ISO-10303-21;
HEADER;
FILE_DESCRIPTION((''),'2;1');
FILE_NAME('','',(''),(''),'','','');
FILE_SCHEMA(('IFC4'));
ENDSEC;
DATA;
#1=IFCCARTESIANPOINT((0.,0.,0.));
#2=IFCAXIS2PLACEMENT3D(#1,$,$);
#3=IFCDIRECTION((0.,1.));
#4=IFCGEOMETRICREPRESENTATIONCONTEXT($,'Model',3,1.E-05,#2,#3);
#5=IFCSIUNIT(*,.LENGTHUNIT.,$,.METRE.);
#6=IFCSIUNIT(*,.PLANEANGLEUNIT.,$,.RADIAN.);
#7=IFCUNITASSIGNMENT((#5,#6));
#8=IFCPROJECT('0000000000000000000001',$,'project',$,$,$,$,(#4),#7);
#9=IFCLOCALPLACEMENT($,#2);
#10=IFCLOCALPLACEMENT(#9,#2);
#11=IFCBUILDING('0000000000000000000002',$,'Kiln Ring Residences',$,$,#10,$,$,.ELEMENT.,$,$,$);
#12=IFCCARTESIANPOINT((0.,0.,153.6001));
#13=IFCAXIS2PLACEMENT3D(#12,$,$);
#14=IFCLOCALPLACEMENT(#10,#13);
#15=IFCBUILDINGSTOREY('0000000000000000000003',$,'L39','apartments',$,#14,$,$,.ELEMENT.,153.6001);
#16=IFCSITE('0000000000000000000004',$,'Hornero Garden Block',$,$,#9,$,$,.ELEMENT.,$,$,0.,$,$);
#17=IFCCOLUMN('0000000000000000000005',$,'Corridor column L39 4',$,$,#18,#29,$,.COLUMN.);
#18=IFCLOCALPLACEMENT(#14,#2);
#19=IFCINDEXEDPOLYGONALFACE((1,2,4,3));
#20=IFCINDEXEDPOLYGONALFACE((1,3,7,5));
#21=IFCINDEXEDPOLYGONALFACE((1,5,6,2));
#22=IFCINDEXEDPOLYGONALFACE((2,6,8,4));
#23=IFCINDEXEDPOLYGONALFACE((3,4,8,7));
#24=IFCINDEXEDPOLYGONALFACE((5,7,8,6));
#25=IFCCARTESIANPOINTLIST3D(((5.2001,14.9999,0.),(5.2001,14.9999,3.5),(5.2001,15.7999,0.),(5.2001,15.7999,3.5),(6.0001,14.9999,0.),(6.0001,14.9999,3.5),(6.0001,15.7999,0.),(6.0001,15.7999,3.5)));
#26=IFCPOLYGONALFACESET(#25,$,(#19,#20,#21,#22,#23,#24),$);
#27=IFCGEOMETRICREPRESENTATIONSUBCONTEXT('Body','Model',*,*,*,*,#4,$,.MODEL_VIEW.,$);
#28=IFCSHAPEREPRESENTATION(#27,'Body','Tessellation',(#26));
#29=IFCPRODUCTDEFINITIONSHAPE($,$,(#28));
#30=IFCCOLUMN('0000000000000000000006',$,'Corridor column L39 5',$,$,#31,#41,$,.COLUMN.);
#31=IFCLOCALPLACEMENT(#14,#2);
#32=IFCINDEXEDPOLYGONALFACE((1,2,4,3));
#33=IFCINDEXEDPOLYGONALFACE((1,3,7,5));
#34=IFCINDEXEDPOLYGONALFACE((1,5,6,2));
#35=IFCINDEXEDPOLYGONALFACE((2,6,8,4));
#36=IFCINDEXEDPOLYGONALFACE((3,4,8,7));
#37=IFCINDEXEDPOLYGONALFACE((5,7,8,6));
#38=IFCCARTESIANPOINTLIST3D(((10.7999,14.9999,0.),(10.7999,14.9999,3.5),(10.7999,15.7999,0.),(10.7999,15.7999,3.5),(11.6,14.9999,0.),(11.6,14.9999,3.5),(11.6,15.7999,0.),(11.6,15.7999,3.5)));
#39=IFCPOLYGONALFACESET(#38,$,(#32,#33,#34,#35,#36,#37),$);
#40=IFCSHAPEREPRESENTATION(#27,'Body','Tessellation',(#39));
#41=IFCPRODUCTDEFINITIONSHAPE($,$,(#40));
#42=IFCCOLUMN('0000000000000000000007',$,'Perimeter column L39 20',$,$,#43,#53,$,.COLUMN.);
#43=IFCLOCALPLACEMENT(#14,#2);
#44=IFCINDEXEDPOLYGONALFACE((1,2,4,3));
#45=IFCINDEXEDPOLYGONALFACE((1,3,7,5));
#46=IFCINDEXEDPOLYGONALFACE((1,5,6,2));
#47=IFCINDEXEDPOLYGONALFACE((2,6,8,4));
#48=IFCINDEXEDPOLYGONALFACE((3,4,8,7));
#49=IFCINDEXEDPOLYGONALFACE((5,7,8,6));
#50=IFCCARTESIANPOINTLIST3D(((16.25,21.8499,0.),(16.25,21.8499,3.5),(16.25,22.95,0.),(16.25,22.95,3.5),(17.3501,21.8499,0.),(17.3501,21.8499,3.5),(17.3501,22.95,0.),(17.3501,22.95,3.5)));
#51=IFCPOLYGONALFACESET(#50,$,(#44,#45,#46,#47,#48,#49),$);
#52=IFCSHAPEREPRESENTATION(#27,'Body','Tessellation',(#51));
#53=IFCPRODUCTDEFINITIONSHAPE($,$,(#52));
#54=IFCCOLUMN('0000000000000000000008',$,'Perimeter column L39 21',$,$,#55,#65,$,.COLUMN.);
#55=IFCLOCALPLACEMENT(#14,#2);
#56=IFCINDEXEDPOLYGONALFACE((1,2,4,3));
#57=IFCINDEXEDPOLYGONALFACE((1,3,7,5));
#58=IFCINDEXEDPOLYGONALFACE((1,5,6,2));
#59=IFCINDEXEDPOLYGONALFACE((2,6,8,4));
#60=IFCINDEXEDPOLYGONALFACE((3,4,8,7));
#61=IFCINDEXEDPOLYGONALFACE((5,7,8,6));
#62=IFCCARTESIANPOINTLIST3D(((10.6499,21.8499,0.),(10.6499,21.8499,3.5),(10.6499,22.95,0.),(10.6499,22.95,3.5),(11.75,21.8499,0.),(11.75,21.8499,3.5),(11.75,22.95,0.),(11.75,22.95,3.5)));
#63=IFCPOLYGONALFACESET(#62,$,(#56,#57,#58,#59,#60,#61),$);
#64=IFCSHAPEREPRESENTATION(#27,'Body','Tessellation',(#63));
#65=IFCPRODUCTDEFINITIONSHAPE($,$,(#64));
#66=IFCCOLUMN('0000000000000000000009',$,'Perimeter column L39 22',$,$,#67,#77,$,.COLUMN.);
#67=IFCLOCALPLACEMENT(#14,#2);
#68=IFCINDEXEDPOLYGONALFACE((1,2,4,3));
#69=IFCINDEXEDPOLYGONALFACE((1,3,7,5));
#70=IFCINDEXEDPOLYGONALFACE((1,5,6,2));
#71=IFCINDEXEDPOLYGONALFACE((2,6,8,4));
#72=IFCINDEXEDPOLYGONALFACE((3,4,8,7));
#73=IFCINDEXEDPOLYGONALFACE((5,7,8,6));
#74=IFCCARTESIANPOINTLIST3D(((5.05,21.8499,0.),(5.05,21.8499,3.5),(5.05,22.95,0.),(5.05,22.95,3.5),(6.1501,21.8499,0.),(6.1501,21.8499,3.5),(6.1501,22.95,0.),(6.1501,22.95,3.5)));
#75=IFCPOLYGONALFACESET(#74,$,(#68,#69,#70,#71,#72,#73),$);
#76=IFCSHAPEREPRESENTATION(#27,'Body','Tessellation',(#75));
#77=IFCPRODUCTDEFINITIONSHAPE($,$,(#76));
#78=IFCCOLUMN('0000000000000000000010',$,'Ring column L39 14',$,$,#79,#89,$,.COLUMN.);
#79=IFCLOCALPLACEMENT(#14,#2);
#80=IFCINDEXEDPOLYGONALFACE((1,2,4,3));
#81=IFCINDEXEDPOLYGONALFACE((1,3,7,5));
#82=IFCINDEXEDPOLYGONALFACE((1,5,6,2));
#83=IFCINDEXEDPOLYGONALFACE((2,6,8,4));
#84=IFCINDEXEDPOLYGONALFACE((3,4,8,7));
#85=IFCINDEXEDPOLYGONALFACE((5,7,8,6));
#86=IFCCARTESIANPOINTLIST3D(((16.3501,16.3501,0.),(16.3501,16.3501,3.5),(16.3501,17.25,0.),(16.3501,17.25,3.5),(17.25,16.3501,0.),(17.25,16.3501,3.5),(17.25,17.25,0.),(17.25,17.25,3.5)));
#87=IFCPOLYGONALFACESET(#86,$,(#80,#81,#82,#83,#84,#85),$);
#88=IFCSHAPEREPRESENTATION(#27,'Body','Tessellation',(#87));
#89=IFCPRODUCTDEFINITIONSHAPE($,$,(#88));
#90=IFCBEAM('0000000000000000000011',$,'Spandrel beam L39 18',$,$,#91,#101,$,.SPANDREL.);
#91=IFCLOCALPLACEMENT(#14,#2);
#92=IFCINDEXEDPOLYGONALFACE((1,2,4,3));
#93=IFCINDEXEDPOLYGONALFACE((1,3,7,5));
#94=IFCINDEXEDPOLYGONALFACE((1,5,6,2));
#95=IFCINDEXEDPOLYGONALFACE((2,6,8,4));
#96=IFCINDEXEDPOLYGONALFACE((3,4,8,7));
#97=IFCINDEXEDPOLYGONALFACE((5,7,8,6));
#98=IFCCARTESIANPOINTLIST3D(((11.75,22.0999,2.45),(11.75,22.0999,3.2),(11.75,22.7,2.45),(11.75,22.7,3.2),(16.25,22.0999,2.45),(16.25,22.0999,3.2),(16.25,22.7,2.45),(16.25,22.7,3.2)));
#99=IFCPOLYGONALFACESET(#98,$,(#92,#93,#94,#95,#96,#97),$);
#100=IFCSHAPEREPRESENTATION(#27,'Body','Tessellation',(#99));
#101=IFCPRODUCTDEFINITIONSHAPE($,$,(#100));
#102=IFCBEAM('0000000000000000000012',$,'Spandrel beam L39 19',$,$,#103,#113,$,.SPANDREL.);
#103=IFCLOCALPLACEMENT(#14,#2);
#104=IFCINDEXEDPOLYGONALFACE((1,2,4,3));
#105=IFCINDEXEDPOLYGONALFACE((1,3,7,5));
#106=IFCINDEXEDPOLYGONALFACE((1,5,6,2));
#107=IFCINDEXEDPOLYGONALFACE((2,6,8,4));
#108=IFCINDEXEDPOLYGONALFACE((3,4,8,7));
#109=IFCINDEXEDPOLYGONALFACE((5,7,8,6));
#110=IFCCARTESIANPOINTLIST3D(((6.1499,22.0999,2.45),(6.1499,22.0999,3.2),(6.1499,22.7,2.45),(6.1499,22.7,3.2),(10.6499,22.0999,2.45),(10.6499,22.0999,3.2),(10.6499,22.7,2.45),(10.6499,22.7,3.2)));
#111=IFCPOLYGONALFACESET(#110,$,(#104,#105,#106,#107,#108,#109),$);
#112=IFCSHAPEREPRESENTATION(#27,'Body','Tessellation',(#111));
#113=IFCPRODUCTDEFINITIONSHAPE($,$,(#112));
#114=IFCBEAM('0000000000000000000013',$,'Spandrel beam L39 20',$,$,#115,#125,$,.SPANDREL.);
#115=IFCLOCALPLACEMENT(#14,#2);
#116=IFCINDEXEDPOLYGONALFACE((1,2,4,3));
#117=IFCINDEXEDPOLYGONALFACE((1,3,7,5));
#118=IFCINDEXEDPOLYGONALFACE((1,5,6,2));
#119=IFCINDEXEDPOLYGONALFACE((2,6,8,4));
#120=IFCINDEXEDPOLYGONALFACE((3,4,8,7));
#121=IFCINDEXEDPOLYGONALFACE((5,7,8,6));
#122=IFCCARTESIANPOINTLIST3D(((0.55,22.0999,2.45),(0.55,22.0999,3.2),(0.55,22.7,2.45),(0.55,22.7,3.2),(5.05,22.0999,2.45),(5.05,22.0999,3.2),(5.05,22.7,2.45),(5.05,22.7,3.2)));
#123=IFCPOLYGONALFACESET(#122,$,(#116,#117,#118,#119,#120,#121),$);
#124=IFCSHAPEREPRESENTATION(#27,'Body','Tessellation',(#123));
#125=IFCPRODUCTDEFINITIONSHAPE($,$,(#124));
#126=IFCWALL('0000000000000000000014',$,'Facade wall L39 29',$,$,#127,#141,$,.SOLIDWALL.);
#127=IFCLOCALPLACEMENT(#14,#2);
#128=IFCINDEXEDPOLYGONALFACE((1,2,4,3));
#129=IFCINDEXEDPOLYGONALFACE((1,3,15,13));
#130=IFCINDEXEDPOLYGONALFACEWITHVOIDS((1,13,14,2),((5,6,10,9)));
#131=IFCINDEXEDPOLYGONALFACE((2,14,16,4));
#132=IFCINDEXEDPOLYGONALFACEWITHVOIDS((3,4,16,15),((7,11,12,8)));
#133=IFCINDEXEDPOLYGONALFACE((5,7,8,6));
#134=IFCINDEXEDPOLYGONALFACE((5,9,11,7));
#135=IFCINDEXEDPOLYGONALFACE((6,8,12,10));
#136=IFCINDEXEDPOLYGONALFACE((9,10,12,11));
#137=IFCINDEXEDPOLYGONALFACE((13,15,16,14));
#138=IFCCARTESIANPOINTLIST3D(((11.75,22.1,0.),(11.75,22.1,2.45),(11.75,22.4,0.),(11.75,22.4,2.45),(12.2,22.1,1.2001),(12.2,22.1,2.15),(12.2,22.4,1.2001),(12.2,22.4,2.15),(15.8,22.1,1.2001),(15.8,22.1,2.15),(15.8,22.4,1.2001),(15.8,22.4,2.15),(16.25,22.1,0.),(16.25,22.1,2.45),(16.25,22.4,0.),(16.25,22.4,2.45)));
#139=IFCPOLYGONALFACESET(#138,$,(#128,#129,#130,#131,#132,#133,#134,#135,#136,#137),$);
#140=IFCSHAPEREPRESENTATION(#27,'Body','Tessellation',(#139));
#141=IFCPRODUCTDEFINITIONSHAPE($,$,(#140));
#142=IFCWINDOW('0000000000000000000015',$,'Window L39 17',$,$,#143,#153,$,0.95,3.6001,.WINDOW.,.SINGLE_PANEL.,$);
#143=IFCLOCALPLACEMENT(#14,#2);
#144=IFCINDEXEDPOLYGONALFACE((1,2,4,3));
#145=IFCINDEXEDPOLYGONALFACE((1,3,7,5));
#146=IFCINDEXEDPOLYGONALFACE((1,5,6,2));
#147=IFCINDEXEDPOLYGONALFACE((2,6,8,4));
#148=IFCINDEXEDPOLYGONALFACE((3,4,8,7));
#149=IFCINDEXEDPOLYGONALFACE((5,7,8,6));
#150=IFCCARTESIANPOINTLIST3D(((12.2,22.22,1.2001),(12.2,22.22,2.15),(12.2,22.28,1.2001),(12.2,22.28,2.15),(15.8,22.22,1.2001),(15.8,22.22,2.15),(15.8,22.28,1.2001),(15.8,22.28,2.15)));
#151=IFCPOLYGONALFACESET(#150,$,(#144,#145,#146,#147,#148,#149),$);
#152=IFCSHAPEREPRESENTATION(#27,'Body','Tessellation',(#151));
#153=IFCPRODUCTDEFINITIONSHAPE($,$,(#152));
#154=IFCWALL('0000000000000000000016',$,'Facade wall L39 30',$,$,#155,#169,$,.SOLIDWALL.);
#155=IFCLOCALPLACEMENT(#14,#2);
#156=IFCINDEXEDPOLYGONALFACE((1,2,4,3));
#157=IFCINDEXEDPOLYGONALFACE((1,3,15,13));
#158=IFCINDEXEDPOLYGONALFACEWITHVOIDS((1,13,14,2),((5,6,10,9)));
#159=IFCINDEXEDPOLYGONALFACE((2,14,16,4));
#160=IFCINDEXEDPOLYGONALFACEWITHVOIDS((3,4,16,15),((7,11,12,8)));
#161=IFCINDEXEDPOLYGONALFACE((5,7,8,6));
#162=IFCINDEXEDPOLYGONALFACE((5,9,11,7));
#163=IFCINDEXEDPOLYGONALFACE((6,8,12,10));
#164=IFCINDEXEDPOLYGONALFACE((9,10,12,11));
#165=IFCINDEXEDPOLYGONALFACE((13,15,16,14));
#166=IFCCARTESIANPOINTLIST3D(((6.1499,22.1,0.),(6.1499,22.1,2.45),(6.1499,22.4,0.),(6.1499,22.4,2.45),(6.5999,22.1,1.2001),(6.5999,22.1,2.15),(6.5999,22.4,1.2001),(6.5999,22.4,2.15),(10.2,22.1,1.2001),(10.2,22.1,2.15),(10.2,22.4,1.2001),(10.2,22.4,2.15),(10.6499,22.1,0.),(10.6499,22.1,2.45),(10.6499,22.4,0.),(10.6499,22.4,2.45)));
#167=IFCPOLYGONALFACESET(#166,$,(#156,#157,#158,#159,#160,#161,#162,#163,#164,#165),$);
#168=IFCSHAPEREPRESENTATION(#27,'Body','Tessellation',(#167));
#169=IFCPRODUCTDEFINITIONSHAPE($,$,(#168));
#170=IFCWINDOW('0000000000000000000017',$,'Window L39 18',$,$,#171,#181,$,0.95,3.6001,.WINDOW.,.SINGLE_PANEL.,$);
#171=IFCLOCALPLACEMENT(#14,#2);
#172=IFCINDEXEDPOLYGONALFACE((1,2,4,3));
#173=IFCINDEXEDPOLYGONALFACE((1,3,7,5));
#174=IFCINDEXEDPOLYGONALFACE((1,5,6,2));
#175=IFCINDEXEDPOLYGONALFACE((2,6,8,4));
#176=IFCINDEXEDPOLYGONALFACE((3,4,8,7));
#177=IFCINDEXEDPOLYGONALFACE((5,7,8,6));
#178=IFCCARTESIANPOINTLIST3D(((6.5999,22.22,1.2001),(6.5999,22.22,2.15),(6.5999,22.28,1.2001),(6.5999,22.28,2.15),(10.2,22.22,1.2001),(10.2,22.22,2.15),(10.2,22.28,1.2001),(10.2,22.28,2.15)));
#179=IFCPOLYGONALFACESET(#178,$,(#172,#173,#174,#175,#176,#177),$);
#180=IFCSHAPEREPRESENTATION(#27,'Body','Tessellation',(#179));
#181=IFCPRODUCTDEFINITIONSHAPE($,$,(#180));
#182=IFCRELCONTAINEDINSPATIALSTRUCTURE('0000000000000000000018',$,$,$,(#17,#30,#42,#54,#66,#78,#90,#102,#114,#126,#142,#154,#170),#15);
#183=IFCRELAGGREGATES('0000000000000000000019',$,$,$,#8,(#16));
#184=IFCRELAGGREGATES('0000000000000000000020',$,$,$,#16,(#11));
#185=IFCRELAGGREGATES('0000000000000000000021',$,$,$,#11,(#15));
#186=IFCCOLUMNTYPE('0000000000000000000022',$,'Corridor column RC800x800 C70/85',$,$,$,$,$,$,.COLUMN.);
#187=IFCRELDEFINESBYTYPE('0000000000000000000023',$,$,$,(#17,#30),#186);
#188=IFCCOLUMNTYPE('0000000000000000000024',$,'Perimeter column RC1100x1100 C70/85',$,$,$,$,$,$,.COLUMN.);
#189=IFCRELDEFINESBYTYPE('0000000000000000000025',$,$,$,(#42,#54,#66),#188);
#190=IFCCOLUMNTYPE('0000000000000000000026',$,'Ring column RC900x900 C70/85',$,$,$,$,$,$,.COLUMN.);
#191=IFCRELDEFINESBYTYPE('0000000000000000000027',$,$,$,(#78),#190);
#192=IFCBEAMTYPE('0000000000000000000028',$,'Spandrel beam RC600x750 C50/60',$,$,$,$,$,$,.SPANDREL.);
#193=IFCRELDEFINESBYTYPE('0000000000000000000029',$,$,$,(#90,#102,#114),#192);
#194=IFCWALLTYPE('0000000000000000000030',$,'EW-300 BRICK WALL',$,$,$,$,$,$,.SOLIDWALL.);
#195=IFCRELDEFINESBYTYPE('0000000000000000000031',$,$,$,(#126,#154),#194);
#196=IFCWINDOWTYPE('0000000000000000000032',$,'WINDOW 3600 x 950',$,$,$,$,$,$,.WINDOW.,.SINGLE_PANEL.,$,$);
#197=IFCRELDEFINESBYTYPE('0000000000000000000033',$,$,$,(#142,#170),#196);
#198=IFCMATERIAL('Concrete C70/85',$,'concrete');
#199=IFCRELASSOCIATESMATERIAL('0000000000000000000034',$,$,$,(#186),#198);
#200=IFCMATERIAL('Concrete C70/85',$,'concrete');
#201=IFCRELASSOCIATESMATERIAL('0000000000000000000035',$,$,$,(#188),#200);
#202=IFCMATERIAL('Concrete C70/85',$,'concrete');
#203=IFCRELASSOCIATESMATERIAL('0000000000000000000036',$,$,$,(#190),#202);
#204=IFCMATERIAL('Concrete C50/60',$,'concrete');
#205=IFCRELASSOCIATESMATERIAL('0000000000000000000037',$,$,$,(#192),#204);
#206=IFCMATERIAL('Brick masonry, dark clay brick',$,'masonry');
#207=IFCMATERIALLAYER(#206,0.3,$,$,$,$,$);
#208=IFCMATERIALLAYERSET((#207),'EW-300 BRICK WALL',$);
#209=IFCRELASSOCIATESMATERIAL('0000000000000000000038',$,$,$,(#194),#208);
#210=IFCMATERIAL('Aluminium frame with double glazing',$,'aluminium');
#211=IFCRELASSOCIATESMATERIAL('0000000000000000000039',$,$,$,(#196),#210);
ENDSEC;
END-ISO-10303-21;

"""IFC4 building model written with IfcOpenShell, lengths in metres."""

from ifc_helpers import new_model, si_unit, direction, frame, frame_2d, origin, origin_2d, place, context, subcontext, project, spatial, rectangle, extrude, material, layer, layer_set, material_profile, profile_set, type_object, element, fill, save


model = new_model("IFC4")

# Units and contexts
model_context = context("Model", 3, precision=1e-05, world=origin(), true_north=direction((0.0, 1.0)))
body_context = subcontext(model_context, "Body", "Model", "MODEL_VIEW")
ifc_project = project(units=[si_unit("LENGTHUNIT", "METRE"), si_unit("PLANEANGLEUNIT", "RADIAN")], contexts=[model_context])

# Site, building, storey
site_placement = place(None, origin())
site = spatial("IfcSite", under=ifc_project, at=site_placement, Name="Hornero Garden Block", CompositionType="ELEMENT", RefElevation=0.0)
building_placement = place(site_placement, origin())
building = spatial("IfcBuilding", under=site, at=building_placement, Name="Kiln Ring Residences", CompositionType="ELEMENT")
storey_placement = place(building_placement, frame((0.0, 0.0, 153.6001)))
storey = spatial("IfcBuildingStorey", under=building, at=storey_placement, Name="L39", Description="apartments", CompositionType="ELEMENT", Elevation=153.6001)

# Columns
ifc_material_1 = material(Name="Concrete C70/85", Category="concrete")
ifc_material_profile_1 = material_profile(ifc_material_1, rectangle(XDim=0.8, YDim=0.8, at=origin_2d()), Name="RC800x800")
ifc_profile_set_1 = profile_set([ifc_material_profile_1], Name="Concrete C70/85")
column_type_1 = type_object("IfcColumnType", Name="Corridor column RC800x800 C70/85", PredefinedType="COLUMN", material=ifc_profile_set_1)
for number, where, z_axis, x_axis, name in (
    (1, (5.6001, 15.3999, 0.0), (0.0, 0.0, 1.0), (1.0, 0.0, 0.0), "Corridor column L39 4"),
    (2, (11.2, 15.3999, 0.0), (0.0, 0.0, 1.0), (1.0, 0.0, 0.0), "Corridor column L39 5"),
):
    element("IfcColumn", number, at=place(storey_placement, frame(where, z_axis=z_axis, x_axis=x_axis)), inside=storey, type_object=column_type_1, Name=name, PredefinedType="COLUMN", context=body_context, shape_type="SweptSolid", body=[
        extrude(rectangle(XDim=0.8, YDim=0.8, at=origin_2d()), origin(), (0.0, 0.0, 1.0), 3.5),
    ])
ifc_material_2 = material(Name="Concrete C70/85", Category="concrete")
ifc_material_profile_2 = material_profile(ifc_material_2, rectangle(XDim=1.1001, YDim=1.1001, at=origin_2d()), Name="RC1100x1100")
ifc_profile_set_2 = profile_set([ifc_material_profile_2], Name="Concrete C70/85")
column_type_2 = type_object("IfcColumnType", Name="Perimeter column RC1100x1100 C70/85", PredefinedType="COLUMN", material=ifc_profile_set_2)
for number, where, z_axis, x_axis, name in (
    (3, (16.8, 22.3999, 0.0), (0.0, 0.0, 1.0), (1.0, 0.0, 0.0), "Perimeter column L39 20"),
    (4, (11.2, 22.3999, 0.0), (0.0, 0.0, 1.0), (1.0, 0.0, 0.0), "Perimeter column L39 21"),
    (5, (5.6001, 22.3999, 0.0), (0.0, 0.0, 1.0), (1.0, 0.0, 0.0), "Perimeter column L39 22"),
):
    element("IfcColumn", number, at=place(storey_placement, frame(where, z_axis=z_axis, x_axis=x_axis)), inside=storey, type_object=column_type_2, Name=name, PredefinedType="COLUMN", context=body_context, shape_type="SweptSolid", body=[
        extrude(rectangle(XDim=1.1001, YDim=1.1001, at=origin_2d()), origin(), (0.0, 0.0, 1.0), 3.5),
    ])
ifc_material_3 = material(Name="Concrete C70/85", Category="concrete")
ifc_material_profile_3 = material_profile(ifc_material_3, rectangle(XDim=0.8999, YDim=0.8999, at=origin_2d()), Name="RC900x900")
ifc_profile_set_3 = profile_set([ifc_material_profile_3], Name="Concrete C70/85")
column_type_3 = type_object("IfcColumnType", Name="Ring column RC900x900 C70/85", PredefinedType="COLUMN", material=ifc_profile_set_3)
column_placement = place(storey_placement, frame((16.8, 16.8, 0.0), z_axis=(0.0, 0.0, 1.0), x_axis=(1.0, 0.0, 0.0)))
element("IfcColumn", 6, at=column_placement, inside=storey, type_object=column_type_3, Name="Ring column L39 14", PredefinedType="COLUMN", context=body_context, shape_type="SweptSolid", body=[
    extrude(rectangle(XDim=0.8999, YDim=0.8999, at=origin_2d()), origin(), (0.0, 0.0, 1.0), 3.5),
])

# Beams
ifc_material_4 = material(Name="Concrete C50/60", Category="concrete")
ifc_material_profile_4 = material_profile(ifc_material_4, rectangle(XDim=0.6001, YDim=0.75, at=origin_2d()), Name="RC600x750")
ifc_profile_set_4 = profile_set([ifc_material_profile_4], Name="Concrete C50/60")
beam_type = type_object("IfcBeamType", Name="Spandrel beam RC600x750 C50/60", PredefinedType="SPANDREL", material=ifc_profile_set_4)
for number, where, z_axis, x_axis, name in (
    (7, (16.25, 22.3999, 2.825), (-1.0, 0.0, 0.0), (0.0, -1.0, 0.0), "Spandrel beam L39 18"),
    (8, (10.6499, 22.3999, 2.825), (-1.0, 0.0, 0.0), (0.0, -1.0, 0.0), "Spandrel beam L39 19"),
    (9, (5.05, 22.3999, 2.825), (-1.0, 0.0, 0.0), (0.0, -1.0, 0.0), "Spandrel beam L39 20"),
):
    element("IfcBeam", number, at=place(storey_placement, frame(where, z_axis=z_axis, x_axis=x_axis)), inside=storey, type_object=beam_type, Name=name, PredefinedType="SPANDREL", context=body_context, shape_type="SweptSolid", body=[
        extrude(rectangle(XDim=0.6001, YDim=0.75, at=origin_2d()), origin(), (0.0, 0.0, 1.0), 4.5),
    ])

# Walls, openings, windows
ifc_material_5 = material(Name="Brick masonry, dark clay brick", Category="masonry")
ifc_layer_1 = layer(ifc_material_5, 0.3)
ifc_layer_set_1 = layer_set([ifc_layer_1], Name="EW-300 BRICK WALL")
wall_type_1 = type_object("IfcWallType", Name="EW-300 BRICK WALL", PredefinedType="SOLIDWALL", material=ifc_layer_set_1)
wall_1_placement = place(storey_placement, frame((16.25, 22.25, 0.0), z_axis=(0.0, 0.0, 1.0), x_axis=(-1.0, 0.0, 0.0)))
wall_1 = element("IfcWall", 10, at=wall_1_placement, inside=storey, type_object=wall_type_1, Name="Facade wall L39 29", PredefinedType="SOLIDWALL", context=body_context, shape_type="SweptSolid", body=[
    extrude(rectangle(XDim=4.5, YDim=0.3, at=frame_2d((2.25, 0.0))), origin(), (0.0, 0.0, 1.0), 2.45),
])
opening_1_placement = place(wall_1_placement, frame((0.45, 0.0, 1.2)))
opening_1 = element("IfcOpeningElement", 11, at=opening_1_placement, cuts=wall_1, PredefinedType="OPENING", context=body_context, shape_type="SweptSolid", body=[
    extrude(rectangle(XDim=3.6001, YDim=0.95, at=frame_2d((1.8, 0.4751))), frame((0.0, 0.1599, 0.0), z_axis=(0.0, -1.0, 0.0), x_axis=(1.0, 0.0, 0.0)), (0.0, 0.0, 1.0), 0.3201),
])
ifc_material_6 = material(Name="Aluminium frame with double glazing", Category="aluminium")
window_type = type_object("IfcWindowType", Name="WINDOW 3600 x 950", PartitioningType="SINGLE_PANEL", PredefinedType="WINDOW", material=ifc_material_6)
window_1_placement = place(opening_1_placement, origin())
window_1 = element("IfcWindow", 12, at=window_1_placement, inside=storey, type_object=window_type, Name="Window L39 17", OverallHeight=0.95, OverallWidth=3.6001, PartitioningType="SINGLE_PANEL", PredefinedType="WINDOW", context=body_context, shape_type="SweptSolid", body=[
    extrude(rectangle(XDim=3.6001, YDim=0.95, at=frame_2d((1.8, 0.4751))), frame((0.0, 0.03, 0.0), z_axis=(0.0, -1.0, 0.0), x_axis=(1.0, 0.0, 0.0)), (0.0, 0.0, 1.0), 0.0601),
])
fill(opening_1, window_1)
wall_2_placement = place(storey_placement, frame((10.6499, 22.25, 0.0), z_axis=(0.0, 0.0, 1.0), x_axis=(-1.0, 0.0, 0.0)))
wall_2 = element("IfcWall", 13, at=wall_2_placement, inside=storey, type_object=wall_type_1, Name="Facade wall L39 30", PredefinedType="SOLIDWALL", context=body_context, shape_type="SweptSolid", body=[
    extrude(rectangle(XDim=4.5, YDim=0.3, at=frame_2d((2.25, 0.0))), origin(), (0.0, 0.0, 1.0), 2.45),
])
opening_2_placement = place(wall_2_placement, frame((0.45, 0.0, 1.2)))
opening_2 = element("IfcOpeningElement", 14, at=opening_2_placement, cuts=wall_2, PredefinedType="OPENING", context=body_context, shape_type="SweptSolid", body=[
    extrude(rectangle(XDim=3.6001, YDim=0.95, at=frame_2d((1.8, 0.4751))), frame((0.0, 0.1599, 0.0), z_axis=(0.0, -1.0, 0.0), x_axis=(1.0, 0.0, 0.0)), (0.0, 0.0, 1.0), 0.3201),
])
window_2_placement = place(opening_2_placement, origin())
window_2 = element("IfcWindow", 15, at=window_2_placement, inside=storey, type_object=window_type, Name="Window L39 18", OverallHeight=0.95, OverallWidth=3.6001, PartitioningType="SINGLE_PANEL", PredefinedType="WINDOW", context=body_context, shape_type="SweptSolid", body=[
    extrude(rectangle(XDim=3.6001, YDim=0.95, at=frame_2d((1.8, 0.4751))), frame((0.0, 0.03, 0.0), z_axis=(0.0, -1.0, 0.0), x_axis=(1.0, 0.0, 0.0)), (0.0, 0.0, 1.0), 0.0601),
])
fill(opening_2, window_2)

save(model, "model.ifc")
